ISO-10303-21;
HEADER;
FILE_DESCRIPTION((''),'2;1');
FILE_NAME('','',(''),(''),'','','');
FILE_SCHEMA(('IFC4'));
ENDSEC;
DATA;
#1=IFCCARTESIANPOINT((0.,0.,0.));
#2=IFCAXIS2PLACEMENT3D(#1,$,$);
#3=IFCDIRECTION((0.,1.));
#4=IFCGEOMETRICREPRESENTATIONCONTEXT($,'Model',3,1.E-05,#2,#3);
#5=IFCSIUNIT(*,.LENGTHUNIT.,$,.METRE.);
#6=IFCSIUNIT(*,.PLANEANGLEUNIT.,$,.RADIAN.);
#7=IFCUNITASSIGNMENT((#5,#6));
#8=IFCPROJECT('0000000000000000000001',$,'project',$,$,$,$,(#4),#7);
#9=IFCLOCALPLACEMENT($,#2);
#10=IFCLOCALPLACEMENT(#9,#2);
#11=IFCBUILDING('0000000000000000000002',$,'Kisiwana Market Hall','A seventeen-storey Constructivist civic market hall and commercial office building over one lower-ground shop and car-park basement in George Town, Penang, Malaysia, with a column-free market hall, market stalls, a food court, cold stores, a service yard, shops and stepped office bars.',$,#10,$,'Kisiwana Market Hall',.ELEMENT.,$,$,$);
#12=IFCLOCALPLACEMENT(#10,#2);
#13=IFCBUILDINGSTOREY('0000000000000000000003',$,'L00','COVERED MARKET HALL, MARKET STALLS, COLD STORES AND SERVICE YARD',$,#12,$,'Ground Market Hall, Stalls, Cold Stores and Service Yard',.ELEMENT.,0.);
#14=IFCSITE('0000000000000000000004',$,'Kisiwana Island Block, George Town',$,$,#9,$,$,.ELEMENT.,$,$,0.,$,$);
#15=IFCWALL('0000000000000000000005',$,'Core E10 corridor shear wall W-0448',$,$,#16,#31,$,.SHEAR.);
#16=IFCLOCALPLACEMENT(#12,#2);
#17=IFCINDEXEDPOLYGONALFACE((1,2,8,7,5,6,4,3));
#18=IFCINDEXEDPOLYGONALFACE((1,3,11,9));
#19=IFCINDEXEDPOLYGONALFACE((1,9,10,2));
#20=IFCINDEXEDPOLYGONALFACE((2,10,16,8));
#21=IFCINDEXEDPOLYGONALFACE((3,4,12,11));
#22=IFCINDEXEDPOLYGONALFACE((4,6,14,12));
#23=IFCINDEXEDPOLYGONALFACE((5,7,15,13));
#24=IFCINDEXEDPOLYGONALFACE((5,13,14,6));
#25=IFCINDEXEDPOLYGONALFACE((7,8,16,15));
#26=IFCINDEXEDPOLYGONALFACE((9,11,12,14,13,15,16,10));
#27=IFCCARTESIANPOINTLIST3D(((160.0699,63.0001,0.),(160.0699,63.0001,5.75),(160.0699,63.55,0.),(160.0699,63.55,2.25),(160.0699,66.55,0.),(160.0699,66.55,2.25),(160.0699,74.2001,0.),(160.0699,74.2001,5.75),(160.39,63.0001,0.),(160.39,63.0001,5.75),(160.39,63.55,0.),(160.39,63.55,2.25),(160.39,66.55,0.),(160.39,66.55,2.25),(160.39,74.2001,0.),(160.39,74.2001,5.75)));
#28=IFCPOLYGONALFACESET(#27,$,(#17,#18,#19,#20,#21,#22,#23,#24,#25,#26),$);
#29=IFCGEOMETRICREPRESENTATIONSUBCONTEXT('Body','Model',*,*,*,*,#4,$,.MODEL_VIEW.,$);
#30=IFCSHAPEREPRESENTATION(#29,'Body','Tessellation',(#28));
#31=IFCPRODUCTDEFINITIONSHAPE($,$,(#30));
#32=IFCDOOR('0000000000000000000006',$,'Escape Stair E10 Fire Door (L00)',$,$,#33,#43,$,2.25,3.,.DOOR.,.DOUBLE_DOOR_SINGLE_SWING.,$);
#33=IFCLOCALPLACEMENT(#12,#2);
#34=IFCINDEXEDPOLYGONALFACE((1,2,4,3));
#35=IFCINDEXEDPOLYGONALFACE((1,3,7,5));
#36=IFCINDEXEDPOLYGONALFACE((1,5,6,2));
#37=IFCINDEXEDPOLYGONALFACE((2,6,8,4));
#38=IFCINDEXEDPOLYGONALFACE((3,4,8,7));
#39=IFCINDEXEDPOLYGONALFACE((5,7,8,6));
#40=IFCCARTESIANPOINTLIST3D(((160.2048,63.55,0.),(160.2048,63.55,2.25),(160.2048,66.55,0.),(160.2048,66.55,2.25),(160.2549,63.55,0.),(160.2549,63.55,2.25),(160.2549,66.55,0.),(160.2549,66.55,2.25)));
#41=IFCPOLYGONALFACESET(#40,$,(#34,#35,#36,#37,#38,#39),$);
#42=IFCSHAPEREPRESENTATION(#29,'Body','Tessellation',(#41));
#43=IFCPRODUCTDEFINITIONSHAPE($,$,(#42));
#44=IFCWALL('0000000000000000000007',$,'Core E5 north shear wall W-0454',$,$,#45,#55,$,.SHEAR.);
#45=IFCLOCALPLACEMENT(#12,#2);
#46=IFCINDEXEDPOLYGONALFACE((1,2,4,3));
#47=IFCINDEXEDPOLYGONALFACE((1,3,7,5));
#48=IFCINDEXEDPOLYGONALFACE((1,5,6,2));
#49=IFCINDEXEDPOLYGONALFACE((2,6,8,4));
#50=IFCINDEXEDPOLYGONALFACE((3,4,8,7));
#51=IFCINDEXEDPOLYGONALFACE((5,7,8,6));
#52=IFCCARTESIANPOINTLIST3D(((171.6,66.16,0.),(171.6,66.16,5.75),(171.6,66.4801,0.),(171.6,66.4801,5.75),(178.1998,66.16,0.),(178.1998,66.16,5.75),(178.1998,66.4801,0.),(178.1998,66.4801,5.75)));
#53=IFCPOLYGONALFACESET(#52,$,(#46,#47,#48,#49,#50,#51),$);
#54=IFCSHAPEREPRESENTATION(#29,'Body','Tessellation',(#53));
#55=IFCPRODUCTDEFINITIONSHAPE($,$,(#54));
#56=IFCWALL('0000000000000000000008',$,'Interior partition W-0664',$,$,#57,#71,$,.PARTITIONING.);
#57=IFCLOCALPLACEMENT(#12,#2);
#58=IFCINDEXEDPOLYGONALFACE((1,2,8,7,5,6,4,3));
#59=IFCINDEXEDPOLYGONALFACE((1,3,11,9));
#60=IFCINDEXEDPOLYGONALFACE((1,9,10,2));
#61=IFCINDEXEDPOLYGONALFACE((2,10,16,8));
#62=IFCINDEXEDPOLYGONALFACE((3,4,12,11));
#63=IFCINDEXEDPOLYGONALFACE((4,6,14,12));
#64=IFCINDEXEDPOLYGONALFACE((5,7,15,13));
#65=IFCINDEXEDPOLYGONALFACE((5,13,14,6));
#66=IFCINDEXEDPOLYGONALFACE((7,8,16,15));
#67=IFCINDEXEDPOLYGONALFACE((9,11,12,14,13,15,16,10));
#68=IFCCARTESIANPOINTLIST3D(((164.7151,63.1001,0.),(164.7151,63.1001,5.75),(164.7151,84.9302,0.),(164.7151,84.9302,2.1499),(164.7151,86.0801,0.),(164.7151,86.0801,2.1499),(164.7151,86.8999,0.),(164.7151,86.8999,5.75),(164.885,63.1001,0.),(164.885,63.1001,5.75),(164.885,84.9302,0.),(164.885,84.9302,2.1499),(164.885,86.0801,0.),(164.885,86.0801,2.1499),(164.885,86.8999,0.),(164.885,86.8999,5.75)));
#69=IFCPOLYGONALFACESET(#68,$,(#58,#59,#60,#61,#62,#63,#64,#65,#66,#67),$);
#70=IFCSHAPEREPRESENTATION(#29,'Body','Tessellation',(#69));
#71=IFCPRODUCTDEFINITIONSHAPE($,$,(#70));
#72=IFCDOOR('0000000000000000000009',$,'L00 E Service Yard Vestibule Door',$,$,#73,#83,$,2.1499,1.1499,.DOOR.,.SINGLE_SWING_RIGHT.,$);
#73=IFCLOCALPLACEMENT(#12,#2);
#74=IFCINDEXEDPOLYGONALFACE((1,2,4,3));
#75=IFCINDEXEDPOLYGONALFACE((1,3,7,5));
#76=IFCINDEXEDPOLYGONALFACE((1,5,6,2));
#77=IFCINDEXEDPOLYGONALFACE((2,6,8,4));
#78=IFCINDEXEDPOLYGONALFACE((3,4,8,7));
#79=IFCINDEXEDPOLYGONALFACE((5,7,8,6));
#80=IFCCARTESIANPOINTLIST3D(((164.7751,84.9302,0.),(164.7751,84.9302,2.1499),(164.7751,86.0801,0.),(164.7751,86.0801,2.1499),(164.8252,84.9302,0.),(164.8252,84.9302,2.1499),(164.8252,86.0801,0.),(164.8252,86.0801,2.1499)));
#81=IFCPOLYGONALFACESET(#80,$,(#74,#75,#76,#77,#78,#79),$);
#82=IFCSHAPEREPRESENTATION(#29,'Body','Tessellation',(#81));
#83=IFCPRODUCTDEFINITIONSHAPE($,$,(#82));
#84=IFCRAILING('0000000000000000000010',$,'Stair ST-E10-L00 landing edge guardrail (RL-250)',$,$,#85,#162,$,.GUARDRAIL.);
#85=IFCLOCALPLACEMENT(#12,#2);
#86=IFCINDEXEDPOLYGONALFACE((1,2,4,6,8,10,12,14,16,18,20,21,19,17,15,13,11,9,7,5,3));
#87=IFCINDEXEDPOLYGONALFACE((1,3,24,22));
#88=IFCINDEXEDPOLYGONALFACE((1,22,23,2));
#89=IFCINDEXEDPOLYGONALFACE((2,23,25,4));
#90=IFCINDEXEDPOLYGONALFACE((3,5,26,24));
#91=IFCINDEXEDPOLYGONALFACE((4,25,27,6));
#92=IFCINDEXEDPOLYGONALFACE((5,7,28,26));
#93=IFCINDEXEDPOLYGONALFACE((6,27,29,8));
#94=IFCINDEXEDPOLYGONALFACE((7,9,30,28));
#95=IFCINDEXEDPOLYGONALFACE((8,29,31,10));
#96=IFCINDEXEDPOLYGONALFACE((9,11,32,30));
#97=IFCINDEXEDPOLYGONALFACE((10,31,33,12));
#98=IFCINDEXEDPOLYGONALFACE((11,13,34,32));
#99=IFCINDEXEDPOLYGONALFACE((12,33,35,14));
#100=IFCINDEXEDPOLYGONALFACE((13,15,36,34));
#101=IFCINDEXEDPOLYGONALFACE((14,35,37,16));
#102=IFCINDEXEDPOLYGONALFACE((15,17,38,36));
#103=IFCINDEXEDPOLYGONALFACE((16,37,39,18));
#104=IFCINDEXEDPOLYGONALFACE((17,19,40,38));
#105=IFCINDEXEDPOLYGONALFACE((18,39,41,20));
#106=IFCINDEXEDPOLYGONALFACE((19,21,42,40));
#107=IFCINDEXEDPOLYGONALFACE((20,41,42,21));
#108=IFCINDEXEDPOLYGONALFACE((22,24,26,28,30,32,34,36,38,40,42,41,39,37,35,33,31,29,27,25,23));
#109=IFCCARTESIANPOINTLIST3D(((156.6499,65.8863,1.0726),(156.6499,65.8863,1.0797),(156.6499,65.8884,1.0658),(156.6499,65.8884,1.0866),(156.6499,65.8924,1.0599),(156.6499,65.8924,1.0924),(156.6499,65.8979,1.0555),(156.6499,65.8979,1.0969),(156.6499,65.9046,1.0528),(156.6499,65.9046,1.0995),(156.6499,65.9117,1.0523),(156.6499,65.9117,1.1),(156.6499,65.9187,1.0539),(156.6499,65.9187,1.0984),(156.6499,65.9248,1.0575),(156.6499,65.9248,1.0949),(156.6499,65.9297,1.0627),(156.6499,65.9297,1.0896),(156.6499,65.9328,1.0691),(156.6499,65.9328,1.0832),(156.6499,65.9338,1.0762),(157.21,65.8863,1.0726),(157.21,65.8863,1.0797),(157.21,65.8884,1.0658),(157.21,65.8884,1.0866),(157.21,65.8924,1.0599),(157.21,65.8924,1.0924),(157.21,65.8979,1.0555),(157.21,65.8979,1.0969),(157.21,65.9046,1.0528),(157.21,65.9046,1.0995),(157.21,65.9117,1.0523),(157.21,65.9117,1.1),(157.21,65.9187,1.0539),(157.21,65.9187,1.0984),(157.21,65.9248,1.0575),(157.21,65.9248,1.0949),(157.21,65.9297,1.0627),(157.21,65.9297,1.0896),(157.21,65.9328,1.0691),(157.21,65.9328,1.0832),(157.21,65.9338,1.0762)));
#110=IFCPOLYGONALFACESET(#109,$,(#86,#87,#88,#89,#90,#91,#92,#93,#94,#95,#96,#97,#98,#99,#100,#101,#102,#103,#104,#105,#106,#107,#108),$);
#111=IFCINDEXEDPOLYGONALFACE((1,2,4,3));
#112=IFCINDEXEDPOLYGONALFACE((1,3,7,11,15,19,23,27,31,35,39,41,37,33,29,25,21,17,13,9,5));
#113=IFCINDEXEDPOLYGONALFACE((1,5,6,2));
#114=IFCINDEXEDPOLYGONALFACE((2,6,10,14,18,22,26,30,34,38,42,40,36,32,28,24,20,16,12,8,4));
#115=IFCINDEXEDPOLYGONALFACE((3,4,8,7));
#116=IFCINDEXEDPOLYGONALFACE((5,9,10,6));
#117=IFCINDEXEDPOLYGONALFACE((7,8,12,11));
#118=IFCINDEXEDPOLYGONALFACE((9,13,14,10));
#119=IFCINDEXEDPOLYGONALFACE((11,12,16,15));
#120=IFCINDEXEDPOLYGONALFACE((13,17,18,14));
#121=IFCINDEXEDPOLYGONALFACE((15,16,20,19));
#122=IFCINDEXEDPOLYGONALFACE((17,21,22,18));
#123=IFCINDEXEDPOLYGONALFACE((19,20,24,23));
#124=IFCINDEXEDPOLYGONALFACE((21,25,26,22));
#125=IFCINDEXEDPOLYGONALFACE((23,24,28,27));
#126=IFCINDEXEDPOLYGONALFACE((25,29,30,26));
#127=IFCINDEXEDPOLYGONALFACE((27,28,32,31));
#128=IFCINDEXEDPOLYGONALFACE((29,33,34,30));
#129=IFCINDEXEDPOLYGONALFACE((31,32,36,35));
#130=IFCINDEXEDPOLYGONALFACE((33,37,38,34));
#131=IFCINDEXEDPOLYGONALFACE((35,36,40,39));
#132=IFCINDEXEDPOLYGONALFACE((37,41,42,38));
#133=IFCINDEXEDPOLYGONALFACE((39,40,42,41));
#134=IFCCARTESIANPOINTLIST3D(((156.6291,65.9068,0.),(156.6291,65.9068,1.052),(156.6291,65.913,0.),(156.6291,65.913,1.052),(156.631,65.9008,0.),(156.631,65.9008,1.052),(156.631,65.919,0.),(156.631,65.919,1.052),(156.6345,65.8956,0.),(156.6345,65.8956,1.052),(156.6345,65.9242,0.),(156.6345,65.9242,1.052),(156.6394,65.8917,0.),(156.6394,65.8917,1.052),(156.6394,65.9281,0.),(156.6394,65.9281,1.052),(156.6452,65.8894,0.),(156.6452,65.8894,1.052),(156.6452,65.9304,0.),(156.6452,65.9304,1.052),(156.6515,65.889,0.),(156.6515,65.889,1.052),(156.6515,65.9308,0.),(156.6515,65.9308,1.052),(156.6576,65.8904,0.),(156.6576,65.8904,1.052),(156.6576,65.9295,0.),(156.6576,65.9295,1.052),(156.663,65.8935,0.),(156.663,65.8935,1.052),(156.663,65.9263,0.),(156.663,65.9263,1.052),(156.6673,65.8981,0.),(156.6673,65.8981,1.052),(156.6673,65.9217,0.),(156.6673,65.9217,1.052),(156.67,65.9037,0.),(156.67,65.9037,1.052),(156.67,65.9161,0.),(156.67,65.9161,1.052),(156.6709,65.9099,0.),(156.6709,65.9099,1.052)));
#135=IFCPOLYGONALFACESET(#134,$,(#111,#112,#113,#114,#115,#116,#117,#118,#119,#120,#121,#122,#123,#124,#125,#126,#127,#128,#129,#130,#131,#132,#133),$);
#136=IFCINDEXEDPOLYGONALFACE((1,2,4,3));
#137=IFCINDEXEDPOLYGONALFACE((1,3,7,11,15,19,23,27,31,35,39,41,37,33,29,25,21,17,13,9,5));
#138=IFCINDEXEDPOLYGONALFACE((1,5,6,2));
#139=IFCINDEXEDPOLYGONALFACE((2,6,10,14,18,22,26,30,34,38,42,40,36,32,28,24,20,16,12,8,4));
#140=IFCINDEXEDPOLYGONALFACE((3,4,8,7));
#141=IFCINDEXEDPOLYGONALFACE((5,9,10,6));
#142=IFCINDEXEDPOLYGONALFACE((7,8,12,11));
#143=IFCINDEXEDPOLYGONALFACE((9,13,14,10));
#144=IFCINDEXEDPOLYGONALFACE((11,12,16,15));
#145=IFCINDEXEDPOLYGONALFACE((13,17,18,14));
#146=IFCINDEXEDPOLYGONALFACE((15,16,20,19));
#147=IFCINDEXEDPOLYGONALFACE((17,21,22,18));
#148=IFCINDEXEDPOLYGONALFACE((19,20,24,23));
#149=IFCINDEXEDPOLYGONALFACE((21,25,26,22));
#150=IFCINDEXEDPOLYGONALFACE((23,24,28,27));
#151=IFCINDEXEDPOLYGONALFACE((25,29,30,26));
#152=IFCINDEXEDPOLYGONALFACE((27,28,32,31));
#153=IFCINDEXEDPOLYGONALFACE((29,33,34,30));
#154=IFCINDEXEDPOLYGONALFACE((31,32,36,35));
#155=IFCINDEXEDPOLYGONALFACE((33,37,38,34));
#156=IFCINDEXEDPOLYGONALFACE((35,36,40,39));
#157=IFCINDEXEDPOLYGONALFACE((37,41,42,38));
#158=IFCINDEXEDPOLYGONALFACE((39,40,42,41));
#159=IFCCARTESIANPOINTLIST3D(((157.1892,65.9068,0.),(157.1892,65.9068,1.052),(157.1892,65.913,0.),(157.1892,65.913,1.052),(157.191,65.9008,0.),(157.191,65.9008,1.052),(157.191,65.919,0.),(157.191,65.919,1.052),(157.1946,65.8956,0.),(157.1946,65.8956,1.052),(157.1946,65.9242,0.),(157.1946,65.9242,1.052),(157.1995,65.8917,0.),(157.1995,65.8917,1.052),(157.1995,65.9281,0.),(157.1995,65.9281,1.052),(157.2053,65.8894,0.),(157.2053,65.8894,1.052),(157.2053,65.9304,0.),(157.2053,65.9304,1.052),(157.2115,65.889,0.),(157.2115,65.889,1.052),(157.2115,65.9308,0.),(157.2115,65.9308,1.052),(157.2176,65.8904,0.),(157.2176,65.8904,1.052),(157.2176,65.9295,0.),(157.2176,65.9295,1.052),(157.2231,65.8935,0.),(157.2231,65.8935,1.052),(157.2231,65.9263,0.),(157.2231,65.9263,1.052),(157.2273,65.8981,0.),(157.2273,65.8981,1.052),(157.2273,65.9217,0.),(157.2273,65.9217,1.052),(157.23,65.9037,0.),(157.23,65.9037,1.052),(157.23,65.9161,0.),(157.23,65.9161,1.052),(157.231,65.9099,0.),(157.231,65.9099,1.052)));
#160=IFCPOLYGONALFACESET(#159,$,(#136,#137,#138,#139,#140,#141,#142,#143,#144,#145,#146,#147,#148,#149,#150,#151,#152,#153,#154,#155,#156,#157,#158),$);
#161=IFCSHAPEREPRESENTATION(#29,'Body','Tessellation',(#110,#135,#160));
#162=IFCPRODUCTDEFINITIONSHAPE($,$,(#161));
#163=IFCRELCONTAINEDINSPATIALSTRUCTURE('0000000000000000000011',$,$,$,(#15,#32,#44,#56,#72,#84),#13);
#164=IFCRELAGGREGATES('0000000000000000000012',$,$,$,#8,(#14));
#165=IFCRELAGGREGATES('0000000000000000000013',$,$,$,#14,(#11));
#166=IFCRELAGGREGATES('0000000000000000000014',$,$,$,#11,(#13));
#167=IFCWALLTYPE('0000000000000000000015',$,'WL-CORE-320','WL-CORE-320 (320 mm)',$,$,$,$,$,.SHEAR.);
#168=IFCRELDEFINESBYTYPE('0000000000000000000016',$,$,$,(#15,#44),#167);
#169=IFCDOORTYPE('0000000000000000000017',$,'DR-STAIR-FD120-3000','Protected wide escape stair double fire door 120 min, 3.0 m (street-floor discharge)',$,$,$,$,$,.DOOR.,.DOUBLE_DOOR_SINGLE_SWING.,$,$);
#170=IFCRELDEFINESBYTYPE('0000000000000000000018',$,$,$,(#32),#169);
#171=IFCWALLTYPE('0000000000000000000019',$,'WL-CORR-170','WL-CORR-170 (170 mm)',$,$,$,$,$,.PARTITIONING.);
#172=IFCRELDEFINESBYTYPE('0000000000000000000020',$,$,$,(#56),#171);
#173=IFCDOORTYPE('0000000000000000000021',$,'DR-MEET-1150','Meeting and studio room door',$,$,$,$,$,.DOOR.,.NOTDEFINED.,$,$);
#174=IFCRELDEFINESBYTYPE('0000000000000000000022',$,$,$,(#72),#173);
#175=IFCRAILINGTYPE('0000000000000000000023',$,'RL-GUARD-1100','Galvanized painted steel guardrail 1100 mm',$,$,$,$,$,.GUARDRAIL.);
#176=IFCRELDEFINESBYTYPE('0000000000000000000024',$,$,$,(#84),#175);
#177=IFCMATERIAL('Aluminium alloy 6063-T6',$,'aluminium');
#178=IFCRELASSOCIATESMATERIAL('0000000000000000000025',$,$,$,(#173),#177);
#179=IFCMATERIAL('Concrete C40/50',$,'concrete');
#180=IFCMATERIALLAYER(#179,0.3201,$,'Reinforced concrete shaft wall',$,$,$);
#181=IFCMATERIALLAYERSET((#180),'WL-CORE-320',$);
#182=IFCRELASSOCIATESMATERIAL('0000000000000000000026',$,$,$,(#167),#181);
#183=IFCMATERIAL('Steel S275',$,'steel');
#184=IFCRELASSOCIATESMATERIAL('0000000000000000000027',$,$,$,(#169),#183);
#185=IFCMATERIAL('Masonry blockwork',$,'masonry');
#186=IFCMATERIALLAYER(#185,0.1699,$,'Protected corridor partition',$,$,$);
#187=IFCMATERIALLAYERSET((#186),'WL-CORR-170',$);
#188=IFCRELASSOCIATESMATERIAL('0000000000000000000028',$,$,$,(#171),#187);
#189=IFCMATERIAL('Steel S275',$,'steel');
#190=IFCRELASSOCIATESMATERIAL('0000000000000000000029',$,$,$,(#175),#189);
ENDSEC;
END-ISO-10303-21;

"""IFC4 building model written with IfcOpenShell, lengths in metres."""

from ifc_helpers import new_model, si_unit, direction, frame, frame_2d, origin, origin_2d, place, context, subcontext, project, spatial, rectangle, circle, extrude, material, layer, layer_set, type_object, element, fill, save


model = new_model("IFC4")

# Units and contexts
model_context = context("Model", 3, precision=1e-05, world=origin(), true_north=direction((0.0, 1.0)))
body_context = subcontext(model_context, "Body", "Model", "MODEL_VIEW")
ifc_project = project(units=[si_unit("LENGTHUNIT", "METRE"), si_unit("PLANEANGLEUNIT", "RADIAN")], contexts=[model_context])

# Site, building, storey
site_placement = place(None, origin())
site = spatial("IfcSite", under=ifc_project, at=site_placement, Name="Kisiwana Island Block, George Town", CompositionType="ELEMENT", RefElevation=0.0)
building_placement = place(site_placement, origin())
building = spatial("IfcBuilding", under=site, at=building_placement, Name="Kisiwana Market Hall", Description="A seventeen-storey Constructivist civic market hall and commercial office building over one lower-ground shop and car-park basement in George Town, Penang, Malaysia, with a column-free market hall, market stalls, a food court, cold stores, a service yard, shops and stepped office bars.", LongName="Kisiwana Market Hall", CompositionType="ELEMENT")
storey_placement = place(building_placement, origin())
storey = spatial("IfcBuildingStorey", under=building, at=storey_placement, Name="L00", Description="COVERED MARKET HALL, MARKET STALLS, COLD STORES AND SERVICE YARD", LongName="Ground Market Hall, Stalls, Cold Stores and Service Yard", CompositionType="ELEMENT", Elevation=0.0)

# Shared definitions
ifc_material_1 = material(Name="Aluminium alloy 6063-T6", Category="aluminium")
door_type_1 = type_object("IfcDoorType", Name="DR-MEET-1150", Description="Meeting and studio room door", OperationType="NOTDEFINED", PredefinedType="DOOR", material=ifc_material_1)

# Shared definitions
ifc_material_2 = material(Name="Concrete C40/50", Category="concrete")
ifc_layer_1 = layer(ifc_material_2, 0.3201, Name="Reinforced concrete shaft wall")
ifc_layer_set_1 = layer_set([ifc_layer_1], Name="WL-CORE-320")
wall_type_1 = type_object("IfcWallType", Name="WL-CORE-320", Description="WL-CORE-320 (320 mm)", PredefinedType="SHEAR", material=ifc_layer_set_1)

# Wall, opening, door
wall_1_placement = place(storey_placement, frame((160.23, 63.0, 0.0), z_axis=(0.0, 0.0, 1.0), x_axis=(0.0, 1.0, 0.0)))
wall_1 = element("IfcWall", 1, at=wall_1_placement, inside=storey, type_object=wall_type_1, Name="Core E10 corridor shear wall W-0448", PredefinedType="SHEAR", context=body_context, shape_type="SweptSolid", body=[
    extrude(rectangle(XDim=11.2, YDim=0.3201, at=frame_2d((5.6001, 0.0))), origin(), (0.0, 0.0, 1.0), 5.75),
])
opening_1_placement = place(wall_1_placement, frame((0.55, 0.0, 0.0)))
opening_1 = element("IfcOpeningElement", 2, at=opening_1_placement, cuts=wall_1, PredefinedType="OPENING", context=body_context, shape_type="SweptSolid", body=[
    extrude(rectangle(XDim=3.0, YDim=2.25, at=frame_2d((1.5, 1.125))), frame((0.0, 0.1719, 0.0), z_axis=(0.0, -1.0, 0.0), x_axis=(1.0, 0.0, 0.0)), (0.0, 0.0, 1.0), 0.344),
])
ifc_material_3 = material(Name="Steel S275", Category="steel")
door_type_2 = type_object("IfcDoorType", Name="DR-STAIR-FD120-3000", Description="Protected wide escape stair double fire door 120 min, 3.0 m (street-floor discharge)", OperationType="DOUBLE_DOOR_SINGLE_SWING", PredefinedType="DOOR", material=ifc_material_3)
door_1_placement = place(opening_1_placement, frame((3.0, 0.0, 0.0), z_axis=(0.0, 0.0, 1.0), x_axis=(-1.0, 0.0, 0.0)))
door_1 = element("IfcDoor", 3, at=door_1_placement, inside=storey, type_object=door_type_2, Name="Escape Stair E10 Fire Door (L00)", OperationType="DOUBLE_DOOR_SINGLE_SWING", OverallHeight=2.25, OverallWidth=3.0, PredefinedType="DOOR", context=body_context, shape_type="SweptSolid", body=[
    extrude(rectangle(XDim=3.0, YDim=2.25, at=frame_2d((1.5, 1.125))), frame((0.0, 0.0249, 0.0), z_axis=(0.0, -1.0, 0.0), x_axis=(1.0, 0.0, 0.0)), (0.0, 0.0, 1.0), 0.05),
])
fill(opening_1, door_1)

# Wall
wall_2_placement = place(storey_placement, frame((171.6001, 66.3201, 0.0), z_axis=(0.0, 0.0, 1.0), x_axis=(1.0, 0.0, 0.0)))
element("IfcWall", 4, at=wall_2_placement, inside=storey, type_object=wall_type_1, Name="Core E5 north shear wall W-0454", PredefinedType="SHEAR", context=body_context, shape_type="SweptSolid", body=[
    extrude(rectangle(XDim=6.5999, YDim=0.3201, at=frame_2d((3.2998, 0.0))), origin(), (0.0, 0.0, 1.0), 5.75),
])

# Wall, opening, door
ifc_material_4 = material(Name="Masonry blockwork", Category="masonry")
ifc_layer_2 = layer(ifc_material_4, 0.1699, Name="Protected corridor partition")
ifc_layer_set_2 = layer_set([ifc_layer_2], Name="WL-CORR-170")
wall_type_2 = type_object("IfcWallType", Name="WL-CORR-170", Description="WL-CORR-170 (170 mm)", PredefinedType="PARTITIONING", material=ifc_layer_set_2)
wall_3_placement = place(storey_placement, frame((164.8, 63.1001, 0.0), z_axis=(0.0, 0.0, 1.0), x_axis=(0.0, 1.0, 0.0)))
wall_3 = element("IfcWall", 5, at=wall_3_placement, inside=storey, type_object=wall_type_2, Name="Interior partition W-0664", PredefinedType="PARTITIONING", context=body_context, shape_type="SweptSolid", body=[
    extrude(rectangle(XDim=23.7998, YDim=0.1699, at=frame_2d((11.8999, 0.0))), origin(), (0.0, 0.0, 1.0), 5.75),
])
opening_2_placement = place(wall_3_placement, frame((21.8301, 0.0, 0.0)))
opening_2 = element("IfcOpeningElement", 6, at=opening_2_placement, cuts=wall_3, PredefinedType="OPENING", context=body_context, shape_type="SweptSolid", body=[
    extrude(rectangle(XDim=1.1499, YDim=2.1499, at=frame_2d((0.575, 1.075))), frame((0.0, 0.0969, 0.0), z_axis=(0.0, -1.0, 0.0), x_axis=(1.0, 0.0, 0.0)), (0.0, 0.0, 1.0), 0.1938),
])
door_2_placement = place(opening_2_placement, origin())
door_2 = element("IfcDoor", 7, at=door_2_placement, inside=storey, type_object=door_type_1, Name="L00 E Service Yard Vestibule Door", OperationType="SINGLE_SWING_RIGHT", OverallHeight=2.1499, OverallWidth=1.1499, PredefinedType="DOOR", context=body_context, shape_type="SweptSolid", body=[
    extrude(rectangle(XDim=1.1499, YDim=2.1499, at=frame_2d((0.575, 1.075))), frame((0.0, 0.0249, 0.0), z_axis=(0.0, -1.0, 0.0), x_axis=(1.0, 0.0, 0.0)), (0.0, 0.0, 1.0), 0.05),
])
fill(opening_2, door_2)

# Railing
ifc_material_5 = material(Name="Steel S275", Category="steel")
railing_type_1 = type_object("IfcRailingType", Name="RL-GUARD-1100", Description="Galvanized painted steel guardrail 1100 mm", PredefinedType="GUARDRAIL", material=ifc_material_5)
railing_1_placement = place(storey_placement, frame((156.6499, 65.9099, 0.0)))
element("IfcRailing", 8, at=railing_1_placement, inside=storey, type_object=railing_type_1, Name="Stair ST-E10-L00 landing edge guardrail (RL-250)", PredefinedType="GUARDRAIL", context=body_context, shape_type="SweptSolid", body=[
    extrude(circle(Radius=0.0239, at=origin_2d()), frame((0.0, 0.0, 1.0762), z_axis=(1.0, 0.0, 0.0), x_axis=(0.0, 1.0, 0.0)), (0.0, 0.0, 1.0), 0.5601),
    extrude(circle(Radius=0.021, at=origin_2d()), origin(), (0.0, 0.0, 1.0), 1.052),
    extrude(circle(Radius=0.021, at=origin_2d()), frame((0.5601, 0.0, 0.0)), (0.0, 0.0, 1.0), 1.052),
])

save(model, "model.ifc")
